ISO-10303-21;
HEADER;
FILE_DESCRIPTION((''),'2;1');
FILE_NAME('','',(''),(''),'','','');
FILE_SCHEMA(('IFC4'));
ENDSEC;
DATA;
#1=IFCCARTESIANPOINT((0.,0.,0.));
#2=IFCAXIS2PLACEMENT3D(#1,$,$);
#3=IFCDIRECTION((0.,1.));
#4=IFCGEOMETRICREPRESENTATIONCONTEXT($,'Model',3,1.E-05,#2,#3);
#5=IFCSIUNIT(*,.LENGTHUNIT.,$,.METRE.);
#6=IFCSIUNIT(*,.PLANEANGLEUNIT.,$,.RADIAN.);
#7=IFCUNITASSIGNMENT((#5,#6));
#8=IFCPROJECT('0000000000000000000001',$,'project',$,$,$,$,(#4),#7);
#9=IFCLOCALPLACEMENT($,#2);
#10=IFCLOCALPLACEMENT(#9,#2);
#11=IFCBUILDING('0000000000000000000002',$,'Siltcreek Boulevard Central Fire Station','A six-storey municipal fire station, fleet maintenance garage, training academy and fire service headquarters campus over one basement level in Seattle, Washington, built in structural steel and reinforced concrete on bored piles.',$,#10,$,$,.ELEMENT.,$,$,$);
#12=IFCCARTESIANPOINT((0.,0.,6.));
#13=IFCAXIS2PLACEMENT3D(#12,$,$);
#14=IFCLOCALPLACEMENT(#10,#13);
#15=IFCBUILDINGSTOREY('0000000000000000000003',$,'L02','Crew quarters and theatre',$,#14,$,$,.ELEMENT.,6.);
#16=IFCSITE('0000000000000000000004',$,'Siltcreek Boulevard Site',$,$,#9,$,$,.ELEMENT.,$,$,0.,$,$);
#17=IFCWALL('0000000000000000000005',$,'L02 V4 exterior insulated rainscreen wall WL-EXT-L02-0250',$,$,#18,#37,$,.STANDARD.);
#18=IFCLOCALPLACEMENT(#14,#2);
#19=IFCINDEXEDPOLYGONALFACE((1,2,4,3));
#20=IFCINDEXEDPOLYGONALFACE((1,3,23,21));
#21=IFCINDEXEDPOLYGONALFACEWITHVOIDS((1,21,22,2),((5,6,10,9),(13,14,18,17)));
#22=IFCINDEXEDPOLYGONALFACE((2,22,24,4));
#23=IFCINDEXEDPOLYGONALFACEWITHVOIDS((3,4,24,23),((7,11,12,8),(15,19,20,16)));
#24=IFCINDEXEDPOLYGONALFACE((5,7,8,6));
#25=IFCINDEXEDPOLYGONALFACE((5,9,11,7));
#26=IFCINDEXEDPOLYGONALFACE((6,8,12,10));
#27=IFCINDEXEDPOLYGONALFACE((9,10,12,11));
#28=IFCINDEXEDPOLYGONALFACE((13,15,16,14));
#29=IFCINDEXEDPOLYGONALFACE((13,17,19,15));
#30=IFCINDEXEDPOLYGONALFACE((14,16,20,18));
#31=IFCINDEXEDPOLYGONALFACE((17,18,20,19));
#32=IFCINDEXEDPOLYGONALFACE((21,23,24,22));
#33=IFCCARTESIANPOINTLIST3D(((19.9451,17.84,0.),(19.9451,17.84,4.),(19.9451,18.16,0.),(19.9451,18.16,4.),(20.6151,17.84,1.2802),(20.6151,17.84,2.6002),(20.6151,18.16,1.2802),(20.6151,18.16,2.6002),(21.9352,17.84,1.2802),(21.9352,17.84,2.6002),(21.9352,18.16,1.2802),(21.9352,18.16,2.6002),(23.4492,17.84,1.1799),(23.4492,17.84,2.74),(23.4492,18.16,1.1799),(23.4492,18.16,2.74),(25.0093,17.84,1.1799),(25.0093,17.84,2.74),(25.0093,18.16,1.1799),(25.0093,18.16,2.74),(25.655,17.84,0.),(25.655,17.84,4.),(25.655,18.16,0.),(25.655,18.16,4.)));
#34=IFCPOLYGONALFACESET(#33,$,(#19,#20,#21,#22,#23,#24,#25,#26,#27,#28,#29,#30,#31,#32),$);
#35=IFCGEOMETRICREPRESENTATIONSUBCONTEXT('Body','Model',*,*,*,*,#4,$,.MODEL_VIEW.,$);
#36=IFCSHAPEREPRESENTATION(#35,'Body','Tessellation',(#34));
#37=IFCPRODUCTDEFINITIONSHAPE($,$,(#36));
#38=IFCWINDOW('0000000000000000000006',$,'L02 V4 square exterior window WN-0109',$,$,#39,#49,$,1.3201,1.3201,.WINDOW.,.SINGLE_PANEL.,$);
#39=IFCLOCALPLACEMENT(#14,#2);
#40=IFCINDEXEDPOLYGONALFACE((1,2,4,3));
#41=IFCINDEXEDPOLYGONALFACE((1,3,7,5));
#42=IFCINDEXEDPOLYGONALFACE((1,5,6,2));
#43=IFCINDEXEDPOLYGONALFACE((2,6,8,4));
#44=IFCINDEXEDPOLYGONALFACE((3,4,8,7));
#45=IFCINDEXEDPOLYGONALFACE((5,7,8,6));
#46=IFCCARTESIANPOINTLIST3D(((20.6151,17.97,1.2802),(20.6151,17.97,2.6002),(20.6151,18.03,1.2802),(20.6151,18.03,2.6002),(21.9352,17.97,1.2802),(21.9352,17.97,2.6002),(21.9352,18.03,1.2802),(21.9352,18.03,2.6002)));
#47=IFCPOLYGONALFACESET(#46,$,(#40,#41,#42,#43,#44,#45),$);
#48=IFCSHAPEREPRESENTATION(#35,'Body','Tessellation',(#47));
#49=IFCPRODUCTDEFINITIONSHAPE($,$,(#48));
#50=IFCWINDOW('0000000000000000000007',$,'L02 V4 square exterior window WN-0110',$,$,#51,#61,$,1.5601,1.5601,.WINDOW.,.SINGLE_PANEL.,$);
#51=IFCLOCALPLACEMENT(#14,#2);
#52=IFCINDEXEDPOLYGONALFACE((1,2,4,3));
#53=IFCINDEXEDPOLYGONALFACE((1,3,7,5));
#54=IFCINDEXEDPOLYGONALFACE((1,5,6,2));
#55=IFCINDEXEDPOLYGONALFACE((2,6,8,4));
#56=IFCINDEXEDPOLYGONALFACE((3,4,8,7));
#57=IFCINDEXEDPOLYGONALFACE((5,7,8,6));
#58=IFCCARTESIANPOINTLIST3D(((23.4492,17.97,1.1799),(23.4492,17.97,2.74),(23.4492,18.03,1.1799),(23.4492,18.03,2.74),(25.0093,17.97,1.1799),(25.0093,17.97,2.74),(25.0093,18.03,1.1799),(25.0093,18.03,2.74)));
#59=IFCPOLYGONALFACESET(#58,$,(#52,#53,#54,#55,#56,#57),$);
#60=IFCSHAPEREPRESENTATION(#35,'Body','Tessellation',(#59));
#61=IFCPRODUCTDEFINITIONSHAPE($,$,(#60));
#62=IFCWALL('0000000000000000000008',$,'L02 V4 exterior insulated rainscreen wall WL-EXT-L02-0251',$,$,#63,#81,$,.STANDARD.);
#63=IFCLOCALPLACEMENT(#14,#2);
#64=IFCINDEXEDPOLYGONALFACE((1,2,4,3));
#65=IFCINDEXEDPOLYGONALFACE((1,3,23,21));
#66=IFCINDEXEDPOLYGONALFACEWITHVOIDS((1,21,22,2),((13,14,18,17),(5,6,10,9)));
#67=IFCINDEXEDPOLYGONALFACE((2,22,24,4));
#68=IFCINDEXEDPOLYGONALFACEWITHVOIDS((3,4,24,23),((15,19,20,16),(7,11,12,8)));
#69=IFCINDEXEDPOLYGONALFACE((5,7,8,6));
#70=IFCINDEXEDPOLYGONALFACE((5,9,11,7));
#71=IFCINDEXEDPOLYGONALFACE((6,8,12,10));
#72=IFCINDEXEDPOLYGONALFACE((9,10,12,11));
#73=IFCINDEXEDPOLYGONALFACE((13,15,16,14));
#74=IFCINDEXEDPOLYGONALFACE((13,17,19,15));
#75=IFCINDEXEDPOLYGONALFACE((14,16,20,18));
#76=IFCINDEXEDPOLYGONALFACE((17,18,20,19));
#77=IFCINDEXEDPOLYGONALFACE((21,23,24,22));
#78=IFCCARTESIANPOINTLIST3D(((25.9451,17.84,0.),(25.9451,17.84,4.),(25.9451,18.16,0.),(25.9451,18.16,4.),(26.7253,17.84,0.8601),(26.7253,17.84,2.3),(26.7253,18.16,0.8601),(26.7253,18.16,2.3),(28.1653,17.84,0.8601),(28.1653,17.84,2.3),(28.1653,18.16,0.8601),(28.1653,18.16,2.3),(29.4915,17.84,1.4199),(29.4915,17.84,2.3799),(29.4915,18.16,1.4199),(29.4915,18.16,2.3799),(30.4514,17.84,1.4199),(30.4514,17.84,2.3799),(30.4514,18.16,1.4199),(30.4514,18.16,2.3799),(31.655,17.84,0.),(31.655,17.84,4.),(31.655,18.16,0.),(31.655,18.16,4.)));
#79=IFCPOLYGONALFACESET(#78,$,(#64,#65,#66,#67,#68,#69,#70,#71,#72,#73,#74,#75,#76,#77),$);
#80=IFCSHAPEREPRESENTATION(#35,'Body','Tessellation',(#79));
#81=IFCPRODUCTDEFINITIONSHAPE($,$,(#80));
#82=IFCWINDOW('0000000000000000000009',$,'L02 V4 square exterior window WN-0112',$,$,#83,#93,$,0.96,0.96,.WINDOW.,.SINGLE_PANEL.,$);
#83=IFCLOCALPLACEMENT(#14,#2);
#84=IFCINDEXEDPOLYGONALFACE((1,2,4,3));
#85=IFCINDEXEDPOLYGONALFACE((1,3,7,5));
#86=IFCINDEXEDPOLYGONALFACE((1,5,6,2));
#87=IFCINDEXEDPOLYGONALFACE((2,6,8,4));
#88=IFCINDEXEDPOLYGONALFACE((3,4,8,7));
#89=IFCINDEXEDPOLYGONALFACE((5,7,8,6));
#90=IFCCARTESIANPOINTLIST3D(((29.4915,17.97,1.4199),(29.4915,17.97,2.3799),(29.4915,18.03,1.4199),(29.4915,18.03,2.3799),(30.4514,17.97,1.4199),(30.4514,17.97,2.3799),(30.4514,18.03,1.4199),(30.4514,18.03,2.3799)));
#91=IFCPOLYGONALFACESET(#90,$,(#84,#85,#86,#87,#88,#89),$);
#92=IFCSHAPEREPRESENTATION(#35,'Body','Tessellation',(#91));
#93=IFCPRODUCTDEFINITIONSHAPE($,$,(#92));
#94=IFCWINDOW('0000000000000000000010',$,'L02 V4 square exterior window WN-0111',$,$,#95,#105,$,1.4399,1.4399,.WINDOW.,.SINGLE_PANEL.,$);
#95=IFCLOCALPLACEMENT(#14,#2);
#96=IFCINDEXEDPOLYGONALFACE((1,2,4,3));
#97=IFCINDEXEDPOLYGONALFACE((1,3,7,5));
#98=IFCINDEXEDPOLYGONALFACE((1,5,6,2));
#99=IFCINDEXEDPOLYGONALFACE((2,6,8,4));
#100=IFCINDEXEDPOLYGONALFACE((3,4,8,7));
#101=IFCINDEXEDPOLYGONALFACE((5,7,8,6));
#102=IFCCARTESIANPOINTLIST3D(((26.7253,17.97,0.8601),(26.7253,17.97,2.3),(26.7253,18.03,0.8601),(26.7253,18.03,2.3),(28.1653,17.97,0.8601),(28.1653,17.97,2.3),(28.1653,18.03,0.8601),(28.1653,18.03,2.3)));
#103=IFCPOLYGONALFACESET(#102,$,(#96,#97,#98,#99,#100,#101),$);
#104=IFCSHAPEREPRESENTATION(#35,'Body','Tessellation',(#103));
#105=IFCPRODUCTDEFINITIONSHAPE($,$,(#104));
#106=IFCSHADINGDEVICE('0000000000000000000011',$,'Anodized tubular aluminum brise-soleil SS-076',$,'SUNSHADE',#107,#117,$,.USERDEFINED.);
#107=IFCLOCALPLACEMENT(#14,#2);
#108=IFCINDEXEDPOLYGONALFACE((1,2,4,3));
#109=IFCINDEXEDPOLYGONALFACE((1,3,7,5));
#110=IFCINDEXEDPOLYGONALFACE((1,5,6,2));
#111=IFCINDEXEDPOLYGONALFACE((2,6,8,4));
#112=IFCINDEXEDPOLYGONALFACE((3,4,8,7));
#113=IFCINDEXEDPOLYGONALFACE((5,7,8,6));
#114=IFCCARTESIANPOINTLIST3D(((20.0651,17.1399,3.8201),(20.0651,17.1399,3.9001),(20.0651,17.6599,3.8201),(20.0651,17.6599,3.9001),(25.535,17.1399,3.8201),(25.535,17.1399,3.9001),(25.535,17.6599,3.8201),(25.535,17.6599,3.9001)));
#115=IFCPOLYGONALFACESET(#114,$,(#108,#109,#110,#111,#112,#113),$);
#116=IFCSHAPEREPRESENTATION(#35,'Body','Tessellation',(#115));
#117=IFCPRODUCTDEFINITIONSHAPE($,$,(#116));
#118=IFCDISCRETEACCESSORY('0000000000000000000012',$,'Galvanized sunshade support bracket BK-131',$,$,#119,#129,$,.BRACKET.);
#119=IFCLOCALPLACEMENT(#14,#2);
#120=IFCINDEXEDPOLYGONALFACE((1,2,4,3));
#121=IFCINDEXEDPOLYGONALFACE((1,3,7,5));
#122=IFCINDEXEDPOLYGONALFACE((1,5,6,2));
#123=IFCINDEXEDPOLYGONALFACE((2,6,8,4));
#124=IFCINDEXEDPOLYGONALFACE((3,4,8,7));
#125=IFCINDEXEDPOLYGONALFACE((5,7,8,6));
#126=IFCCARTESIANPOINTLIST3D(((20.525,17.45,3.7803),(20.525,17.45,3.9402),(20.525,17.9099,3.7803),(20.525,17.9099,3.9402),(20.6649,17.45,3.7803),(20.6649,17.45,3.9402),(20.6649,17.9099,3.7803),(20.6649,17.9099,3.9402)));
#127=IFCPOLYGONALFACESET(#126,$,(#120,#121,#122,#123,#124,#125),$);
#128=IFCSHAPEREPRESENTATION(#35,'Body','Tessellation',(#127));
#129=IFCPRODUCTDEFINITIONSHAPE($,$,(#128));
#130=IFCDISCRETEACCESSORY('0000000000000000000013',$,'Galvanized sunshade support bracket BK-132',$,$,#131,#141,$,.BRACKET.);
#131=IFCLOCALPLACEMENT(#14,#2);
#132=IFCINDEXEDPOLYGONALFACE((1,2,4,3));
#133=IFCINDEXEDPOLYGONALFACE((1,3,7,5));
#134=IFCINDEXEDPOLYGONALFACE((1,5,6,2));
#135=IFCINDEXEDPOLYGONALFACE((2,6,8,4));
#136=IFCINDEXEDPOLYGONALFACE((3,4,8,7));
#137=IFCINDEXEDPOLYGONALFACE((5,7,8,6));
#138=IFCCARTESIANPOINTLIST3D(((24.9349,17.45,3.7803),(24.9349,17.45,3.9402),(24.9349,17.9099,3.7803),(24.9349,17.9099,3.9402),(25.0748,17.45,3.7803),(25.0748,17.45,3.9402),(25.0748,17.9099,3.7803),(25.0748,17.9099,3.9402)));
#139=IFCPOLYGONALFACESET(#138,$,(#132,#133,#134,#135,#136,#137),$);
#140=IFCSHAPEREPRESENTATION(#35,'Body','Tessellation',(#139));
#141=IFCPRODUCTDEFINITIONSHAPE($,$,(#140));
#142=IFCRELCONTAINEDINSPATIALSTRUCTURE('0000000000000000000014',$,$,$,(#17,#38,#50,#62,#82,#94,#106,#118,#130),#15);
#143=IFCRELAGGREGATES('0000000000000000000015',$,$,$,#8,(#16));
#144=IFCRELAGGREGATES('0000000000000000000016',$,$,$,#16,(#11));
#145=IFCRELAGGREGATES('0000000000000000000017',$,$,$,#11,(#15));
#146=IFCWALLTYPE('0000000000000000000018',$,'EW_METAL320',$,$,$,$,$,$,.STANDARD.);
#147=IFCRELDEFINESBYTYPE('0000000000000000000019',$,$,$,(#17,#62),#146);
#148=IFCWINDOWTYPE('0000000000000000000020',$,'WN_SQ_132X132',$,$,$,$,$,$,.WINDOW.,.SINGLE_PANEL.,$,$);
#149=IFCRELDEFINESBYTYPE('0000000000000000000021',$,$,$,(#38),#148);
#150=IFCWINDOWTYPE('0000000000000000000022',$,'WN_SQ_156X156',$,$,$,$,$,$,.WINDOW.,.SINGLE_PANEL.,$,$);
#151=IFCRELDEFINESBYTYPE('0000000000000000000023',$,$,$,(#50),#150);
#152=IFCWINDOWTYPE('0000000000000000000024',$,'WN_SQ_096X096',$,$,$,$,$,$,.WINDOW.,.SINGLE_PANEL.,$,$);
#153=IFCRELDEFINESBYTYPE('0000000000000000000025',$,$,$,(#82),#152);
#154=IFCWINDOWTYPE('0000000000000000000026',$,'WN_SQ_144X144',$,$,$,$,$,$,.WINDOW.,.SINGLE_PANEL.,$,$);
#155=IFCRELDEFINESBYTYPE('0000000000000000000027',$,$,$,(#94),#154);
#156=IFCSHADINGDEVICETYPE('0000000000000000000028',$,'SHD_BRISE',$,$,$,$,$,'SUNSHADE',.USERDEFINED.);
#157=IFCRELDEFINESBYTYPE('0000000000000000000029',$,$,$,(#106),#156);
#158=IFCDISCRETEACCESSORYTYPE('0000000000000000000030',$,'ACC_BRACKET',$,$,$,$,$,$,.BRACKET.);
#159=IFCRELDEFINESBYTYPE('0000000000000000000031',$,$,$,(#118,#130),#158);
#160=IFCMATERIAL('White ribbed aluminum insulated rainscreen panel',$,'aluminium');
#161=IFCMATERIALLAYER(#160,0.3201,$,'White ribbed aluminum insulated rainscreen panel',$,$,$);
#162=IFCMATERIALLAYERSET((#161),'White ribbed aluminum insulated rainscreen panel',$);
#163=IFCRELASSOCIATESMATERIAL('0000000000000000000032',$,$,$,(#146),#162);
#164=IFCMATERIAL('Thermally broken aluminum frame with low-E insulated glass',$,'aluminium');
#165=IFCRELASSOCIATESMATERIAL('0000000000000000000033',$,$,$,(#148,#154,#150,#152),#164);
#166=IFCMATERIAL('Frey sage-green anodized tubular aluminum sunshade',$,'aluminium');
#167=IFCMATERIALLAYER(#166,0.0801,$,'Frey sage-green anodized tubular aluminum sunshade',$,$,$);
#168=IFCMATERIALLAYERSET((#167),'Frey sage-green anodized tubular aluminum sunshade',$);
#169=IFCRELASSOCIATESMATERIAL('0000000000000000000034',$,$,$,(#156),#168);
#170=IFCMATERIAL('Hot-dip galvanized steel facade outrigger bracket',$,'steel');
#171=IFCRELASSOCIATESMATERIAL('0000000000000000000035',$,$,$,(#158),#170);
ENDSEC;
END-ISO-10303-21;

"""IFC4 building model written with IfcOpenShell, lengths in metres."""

from ifc_helpers import new_model, si_unit, direction, frame, frame_2d, origin, origin_2d, place, context, subcontext, project, spatial, rectangle, extrude, material, layer, layer_set, type_object, element, fill, save


model = new_model("IFC4")

# Units and contexts
model_context = context("Model", 3, precision=1e-05, world=origin(), true_north=direction((0.0, 1.0)))
body_context = subcontext(model_context, "Body", "Model", "MODEL_VIEW")
ifc_project = project(units=[si_unit("LENGTHUNIT", "METRE"), si_unit("PLANEANGLEUNIT", "RADIAN")], contexts=[model_context])

# Site, building, storey
site_placement = place(None, origin())
site = spatial("IfcSite", under=ifc_project, at=site_placement, Name="Siltcreek Boulevard Site", CompositionType="ELEMENT", RefElevation=0.0)
building_placement = place(site_placement, origin())
building = spatial("IfcBuilding", under=site, at=building_placement, Name="Siltcreek Boulevard Central Fire Station", Description="A six-storey municipal fire station, fleet maintenance garage, training academy and fire service headquarters campus over one basement level in Seattle, Washington, built in structural steel and reinforced concrete on bored piles.", CompositionType="ELEMENT")
storey_placement = place(building_placement, frame((0.0, 0.0, 6.0)))
storey = spatial("IfcBuildingStorey", under=building, at=storey_placement, Name="L02", Description="Crew quarters and theatre", CompositionType="ELEMENT", Elevation=6.0)

# Walls, openings, windows
ifc_material_1 = material(Name="White ribbed aluminum insulated rainscreen panel", Category="aluminium")
ifc_layer_1 = layer(ifc_material_1, 0.3201, Name="White ribbed aluminum insulated rainscreen panel")
ifc_layer_set_1 = layer_set([ifc_layer_1], Name="White ribbed aluminum insulated rainscreen panel")
wall_type = type_object("IfcWallType", Name="EW_METAL320", PredefinedType="STANDARD", material=ifc_layer_set_1)
ifc_material_2 = material(Name="Thermally broken aluminum frame with low-E insulated glass", Category="aluminium")
window_type_1 = type_object("IfcWindowType", Name="WN_SQ_132X132", PartitioningType="SINGLE_PANEL", PredefinedType="WINDOW", material=ifc_material_2)
window_type_2 = type_object("IfcWindowType", Name="WN_SQ_144X144", PartitioningType="SINGLE_PANEL", PredefinedType="WINDOW", material=ifc_material_2)
wall_1_placement = place(storey_placement, frame((19.9451, 18.0, 0.0), z_axis=(0.0, 0.0, 1.0), x_axis=(1.0, 0.0, 0.0)))
wall_1 = element("IfcWall", 1, at=wall_1_placement, inside=storey, type_object=wall_type, Name="L02 V4 exterior insulated rainscreen wall WL-EXT-L02-0250", PredefinedType="STANDARD", context=body_context, shape_type="SweptSolid", body=[
    extrude(rectangle(XDim=5.71, YDim=0.3201, at=frame_2d((2.855, 0.0))), origin(), (0.0, 0.0, 1.0), 4.0),
])
opening_1_placement = place(wall_1_placement, frame((0.6699, 0.0, 1.28)))
opening_1 = element("IfcOpeningElement", 2, at=opening_1_placement, cuts=wall_1, PredefinedType="OPENING", context=body_context, shape_type="SweptSolid", body=[
    extrude(rectangle(XDim=1.3201, YDim=1.3201, at=frame_2d((0.6602, 0.6602))), frame((0.0, 0.1699, 0.0), z_axis=(0.0, -1.0, 0.0), x_axis=(1.0, 0.0, 0.0)), (0.0, 0.0, 1.0), 0.3401),
])
opening_2_placement = place(wall_1_placement, frame((3.5042, 0.0, 1.1799)))
opening_2 = element("IfcOpeningElement", 3, at=opening_2_placement, cuts=wall_1, PredefinedType="OPENING", context=body_context, shape_type="SweptSolid", body=[
    extrude(rectangle(XDim=1.5601, YDim=1.5601, at=frame_2d((0.78, 0.78))), frame((0.0, 0.1699, 0.0), z_axis=(0.0, -1.0, 0.0), x_axis=(1.0, 0.0, 0.0)), (0.0, 0.0, 1.0), 0.3401),
])
window_1_placement = place(opening_1_placement, origin())
window_1 = element("IfcWindow", 4, at=window_1_placement, inside=storey, type_object=window_type_1, Name="L02 V4 square exterior window WN-0109", OverallHeight=1.3201, OverallWidth=1.3201, PartitioningType="SINGLE_PANEL", PredefinedType="WINDOW", context=body_context, shape_type="SweptSolid", body=[
    extrude(rectangle(XDim=1.3201, YDim=1.3201, at=frame_2d((0.6602, 0.6602))), frame((0.0, 0.03, 0.0), z_axis=(0.0, -1.0, 0.0), x_axis=(1.0, 0.0, 0.0)), (0.0, 0.0, 1.0), 0.0601),
])
fill(opening_1, window_1)
window_type_3 = type_object("IfcWindowType", Name="WN_SQ_156X156", PartitioningType="SINGLE_PANEL", PredefinedType="WINDOW", material=ifc_material_2)
window_2_placement = place(opening_2_placement, origin())
window_2 = element("IfcWindow", 5, at=window_2_placement, inside=storey, type_object=window_type_3, Name="L02 V4 square exterior window WN-0110", OverallHeight=1.5601, OverallWidth=1.5601, PartitioningType="SINGLE_PANEL", PredefinedType="WINDOW", context=body_context, shape_type="SweptSolid", body=[
    extrude(rectangle(XDim=1.5601, YDim=1.5601, at=frame_2d((0.78, 0.78))), frame((0.0, 0.03, 0.0), z_axis=(0.0, -1.0, 0.0), x_axis=(1.0, 0.0, 0.0)), (0.0, 0.0, 1.0), 0.0601),
])
fill(opening_2, window_2)
wall_2_placement = place(storey_placement, frame((25.9451, 18.0, 0.0), z_axis=(0.0, 0.0, 1.0), x_axis=(1.0, 0.0, 0.0)))
wall_2 = element("IfcWall", 6, at=wall_2_placement, inside=storey, type_object=wall_type, Name="L02 V4 exterior insulated rainscreen wall WL-EXT-L02-0251", PredefinedType="STANDARD", context=body_context, shape_type="SweptSolid", body=[
    extrude(rectangle(XDim=5.71, YDim=0.3201, at=frame_2d((2.855, 0.0))), origin(), (0.0, 0.0, 1.0), 4.0),
])
opening_3_placement = place(wall_2_placement, frame((0.7803, 0.0, 0.8601)))
opening_3 = element("IfcOpeningElement", 7, at=opening_3_placement, cuts=wall_2, PredefinedType="OPENING", context=body_context, shape_type="SweptSolid", body=[
    extrude(rectangle(XDim=1.4399, YDim=1.4399, at=frame_2d((0.72, 0.72))), frame((0.0, 0.1699, 0.0), z_axis=(0.0, -1.0, 0.0), x_axis=(1.0, 0.0, 0.0)), (0.0, 0.0, 1.0), 0.3401),
])
opening_4_placement = place(wall_2_placement, frame((3.5464, 0.0, 1.4199)))
opening_4 = element("IfcOpeningElement", 8, at=opening_4_placement, cuts=wall_2, PredefinedType="OPENING", context=body_context, shape_type="SweptSolid", body=[
    extrude(rectangle(XDim=0.96, YDim=0.96, at=frame_2d((0.48, 0.48))), frame((0.0, 0.1699, 0.0), z_axis=(0.0, -1.0, 0.0), x_axis=(1.0, 0.0, 0.0)), (0.0, 0.0, 1.0), 0.3401),
])
window_type_4 = type_object("IfcWindowType", Name="WN_SQ_096X096", PartitioningType="SINGLE_PANEL", PredefinedType="WINDOW", material=ifc_material_2)
window_3_placement = place(opening_4_placement, origin())
window_3 = element("IfcWindow", 9, at=window_3_placement, inside=storey, type_object=window_type_4, Name="L02 V4 square exterior window WN-0112", OverallHeight=0.96, OverallWidth=0.96, PartitioningType="SINGLE_PANEL", PredefinedType="WINDOW", context=body_context, shape_type="SweptSolid", body=[
    extrude(rectangle(XDim=0.96, YDim=0.96, at=frame_2d((0.48, 0.48))), frame((0.0, 0.03, 0.0), z_axis=(0.0, -1.0, 0.0), x_axis=(1.0, 0.0, 0.0)), (0.0, 0.0, 1.0), 0.0601),
])
fill(opening_4, window_3)
window_4_placement = place(opening_3_placement, origin())
window_4 = element("IfcWindow", 10, at=window_4_placement, inside=storey, type_object=window_type_2, Name="L02 V4 square exterior window WN-0111", OverallHeight=1.4399, OverallWidth=1.4399, PartitioningType="SINGLE_PANEL", PredefinedType="WINDOW", context=body_context, shape_type="SweptSolid", body=[
    extrude(rectangle(XDim=1.4399, YDim=1.4399, at=frame_2d((0.72, 0.72))), frame((0.0, 0.03, 0.0), z_axis=(0.0, -1.0, 0.0), x_axis=(1.0, 0.0, 0.0)), (0.0, 0.0, 1.0), 0.0601),
])
fill(opening_3, window_4)

# Shading device
ifc_material_3 = material(Name="Frey sage-green anodized tubular aluminum sunshade", Category="aluminium")
ifc_layer_2 = layer(ifc_material_3, 0.0801, Name="Frey sage-green anodized tubular aluminum sunshade")
ifc_layer_set_2 = layer_set([ifc_layer_2], Name="Frey sage-green anodized tubular aluminum sunshade")
shading_device_type = type_object("IfcShadingDeviceType", Name="SHD_BRISE", ElementType="SUNSHADE", PredefinedType="USERDEFINED", material=ifc_layer_set_2)
shading_device_placement = place(storey_placement, frame((22.8, 17.3999, 3.8201), z_axis=(0.0, 0.0, 1.0), x_axis=(1.0, 0.0, 0.0)))
element("IfcShadingDevice", 11, at=shading_device_placement, inside=storey, type_object=shading_device_type, Name="Anodized tubular aluminum brise-soleil SS-076", ObjectType="SUNSHADE", PredefinedType="USERDEFINED", context=body_context, shape_type="SweptSolid", body=[
    extrude(rectangle(XDim=5.47, YDim=0.52, at=origin_2d()), origin(), (0.0, 0.0, 1.0), 0.0801),
])

# Discrete accessories
ifc_material_4 = material(Name="Hot-dip galvanized steel facade outrigger bracket", Category="steel")
discrete_accessory_type = type_object("IfcDiscreteAccessoryType", Name="ACC_BRACKET", PredefinedType="BRACKET", material=ifc_material_4)
for number, where, z_axis, x_axis, name in (
    (12, (20.595, 17.6799, 3.7803), (0.0, 0.0, 1.0), (1.0, 0.0, 0.0), "Galvanized sunshade support bracket BK-131"),
    (13, (25.0049, 17.6799, 3.7803), (0.0, 0.0, 1.0), (1.0, 0.0, 0.0), "Galvanized sunshade support bracket BK-132"),
):
    element("IfcDiscreteAccessory", number, at=place(storey_placement, frame(where, z_axis=z_axis, x_axis=x_axis)), inside=storey, type_object=discrete_accessory_type, Name=name, PredefinedType="BRACKET", context=body_context, shape_type="SweptSolid", body=[
        extrude(rectangle(XDim=0.1399, YDim=0.46, at=origin_2d()), origin(), (0.0, 0.0, 1.0), 0.1599),
    ])

save(model, "model.ifc")
